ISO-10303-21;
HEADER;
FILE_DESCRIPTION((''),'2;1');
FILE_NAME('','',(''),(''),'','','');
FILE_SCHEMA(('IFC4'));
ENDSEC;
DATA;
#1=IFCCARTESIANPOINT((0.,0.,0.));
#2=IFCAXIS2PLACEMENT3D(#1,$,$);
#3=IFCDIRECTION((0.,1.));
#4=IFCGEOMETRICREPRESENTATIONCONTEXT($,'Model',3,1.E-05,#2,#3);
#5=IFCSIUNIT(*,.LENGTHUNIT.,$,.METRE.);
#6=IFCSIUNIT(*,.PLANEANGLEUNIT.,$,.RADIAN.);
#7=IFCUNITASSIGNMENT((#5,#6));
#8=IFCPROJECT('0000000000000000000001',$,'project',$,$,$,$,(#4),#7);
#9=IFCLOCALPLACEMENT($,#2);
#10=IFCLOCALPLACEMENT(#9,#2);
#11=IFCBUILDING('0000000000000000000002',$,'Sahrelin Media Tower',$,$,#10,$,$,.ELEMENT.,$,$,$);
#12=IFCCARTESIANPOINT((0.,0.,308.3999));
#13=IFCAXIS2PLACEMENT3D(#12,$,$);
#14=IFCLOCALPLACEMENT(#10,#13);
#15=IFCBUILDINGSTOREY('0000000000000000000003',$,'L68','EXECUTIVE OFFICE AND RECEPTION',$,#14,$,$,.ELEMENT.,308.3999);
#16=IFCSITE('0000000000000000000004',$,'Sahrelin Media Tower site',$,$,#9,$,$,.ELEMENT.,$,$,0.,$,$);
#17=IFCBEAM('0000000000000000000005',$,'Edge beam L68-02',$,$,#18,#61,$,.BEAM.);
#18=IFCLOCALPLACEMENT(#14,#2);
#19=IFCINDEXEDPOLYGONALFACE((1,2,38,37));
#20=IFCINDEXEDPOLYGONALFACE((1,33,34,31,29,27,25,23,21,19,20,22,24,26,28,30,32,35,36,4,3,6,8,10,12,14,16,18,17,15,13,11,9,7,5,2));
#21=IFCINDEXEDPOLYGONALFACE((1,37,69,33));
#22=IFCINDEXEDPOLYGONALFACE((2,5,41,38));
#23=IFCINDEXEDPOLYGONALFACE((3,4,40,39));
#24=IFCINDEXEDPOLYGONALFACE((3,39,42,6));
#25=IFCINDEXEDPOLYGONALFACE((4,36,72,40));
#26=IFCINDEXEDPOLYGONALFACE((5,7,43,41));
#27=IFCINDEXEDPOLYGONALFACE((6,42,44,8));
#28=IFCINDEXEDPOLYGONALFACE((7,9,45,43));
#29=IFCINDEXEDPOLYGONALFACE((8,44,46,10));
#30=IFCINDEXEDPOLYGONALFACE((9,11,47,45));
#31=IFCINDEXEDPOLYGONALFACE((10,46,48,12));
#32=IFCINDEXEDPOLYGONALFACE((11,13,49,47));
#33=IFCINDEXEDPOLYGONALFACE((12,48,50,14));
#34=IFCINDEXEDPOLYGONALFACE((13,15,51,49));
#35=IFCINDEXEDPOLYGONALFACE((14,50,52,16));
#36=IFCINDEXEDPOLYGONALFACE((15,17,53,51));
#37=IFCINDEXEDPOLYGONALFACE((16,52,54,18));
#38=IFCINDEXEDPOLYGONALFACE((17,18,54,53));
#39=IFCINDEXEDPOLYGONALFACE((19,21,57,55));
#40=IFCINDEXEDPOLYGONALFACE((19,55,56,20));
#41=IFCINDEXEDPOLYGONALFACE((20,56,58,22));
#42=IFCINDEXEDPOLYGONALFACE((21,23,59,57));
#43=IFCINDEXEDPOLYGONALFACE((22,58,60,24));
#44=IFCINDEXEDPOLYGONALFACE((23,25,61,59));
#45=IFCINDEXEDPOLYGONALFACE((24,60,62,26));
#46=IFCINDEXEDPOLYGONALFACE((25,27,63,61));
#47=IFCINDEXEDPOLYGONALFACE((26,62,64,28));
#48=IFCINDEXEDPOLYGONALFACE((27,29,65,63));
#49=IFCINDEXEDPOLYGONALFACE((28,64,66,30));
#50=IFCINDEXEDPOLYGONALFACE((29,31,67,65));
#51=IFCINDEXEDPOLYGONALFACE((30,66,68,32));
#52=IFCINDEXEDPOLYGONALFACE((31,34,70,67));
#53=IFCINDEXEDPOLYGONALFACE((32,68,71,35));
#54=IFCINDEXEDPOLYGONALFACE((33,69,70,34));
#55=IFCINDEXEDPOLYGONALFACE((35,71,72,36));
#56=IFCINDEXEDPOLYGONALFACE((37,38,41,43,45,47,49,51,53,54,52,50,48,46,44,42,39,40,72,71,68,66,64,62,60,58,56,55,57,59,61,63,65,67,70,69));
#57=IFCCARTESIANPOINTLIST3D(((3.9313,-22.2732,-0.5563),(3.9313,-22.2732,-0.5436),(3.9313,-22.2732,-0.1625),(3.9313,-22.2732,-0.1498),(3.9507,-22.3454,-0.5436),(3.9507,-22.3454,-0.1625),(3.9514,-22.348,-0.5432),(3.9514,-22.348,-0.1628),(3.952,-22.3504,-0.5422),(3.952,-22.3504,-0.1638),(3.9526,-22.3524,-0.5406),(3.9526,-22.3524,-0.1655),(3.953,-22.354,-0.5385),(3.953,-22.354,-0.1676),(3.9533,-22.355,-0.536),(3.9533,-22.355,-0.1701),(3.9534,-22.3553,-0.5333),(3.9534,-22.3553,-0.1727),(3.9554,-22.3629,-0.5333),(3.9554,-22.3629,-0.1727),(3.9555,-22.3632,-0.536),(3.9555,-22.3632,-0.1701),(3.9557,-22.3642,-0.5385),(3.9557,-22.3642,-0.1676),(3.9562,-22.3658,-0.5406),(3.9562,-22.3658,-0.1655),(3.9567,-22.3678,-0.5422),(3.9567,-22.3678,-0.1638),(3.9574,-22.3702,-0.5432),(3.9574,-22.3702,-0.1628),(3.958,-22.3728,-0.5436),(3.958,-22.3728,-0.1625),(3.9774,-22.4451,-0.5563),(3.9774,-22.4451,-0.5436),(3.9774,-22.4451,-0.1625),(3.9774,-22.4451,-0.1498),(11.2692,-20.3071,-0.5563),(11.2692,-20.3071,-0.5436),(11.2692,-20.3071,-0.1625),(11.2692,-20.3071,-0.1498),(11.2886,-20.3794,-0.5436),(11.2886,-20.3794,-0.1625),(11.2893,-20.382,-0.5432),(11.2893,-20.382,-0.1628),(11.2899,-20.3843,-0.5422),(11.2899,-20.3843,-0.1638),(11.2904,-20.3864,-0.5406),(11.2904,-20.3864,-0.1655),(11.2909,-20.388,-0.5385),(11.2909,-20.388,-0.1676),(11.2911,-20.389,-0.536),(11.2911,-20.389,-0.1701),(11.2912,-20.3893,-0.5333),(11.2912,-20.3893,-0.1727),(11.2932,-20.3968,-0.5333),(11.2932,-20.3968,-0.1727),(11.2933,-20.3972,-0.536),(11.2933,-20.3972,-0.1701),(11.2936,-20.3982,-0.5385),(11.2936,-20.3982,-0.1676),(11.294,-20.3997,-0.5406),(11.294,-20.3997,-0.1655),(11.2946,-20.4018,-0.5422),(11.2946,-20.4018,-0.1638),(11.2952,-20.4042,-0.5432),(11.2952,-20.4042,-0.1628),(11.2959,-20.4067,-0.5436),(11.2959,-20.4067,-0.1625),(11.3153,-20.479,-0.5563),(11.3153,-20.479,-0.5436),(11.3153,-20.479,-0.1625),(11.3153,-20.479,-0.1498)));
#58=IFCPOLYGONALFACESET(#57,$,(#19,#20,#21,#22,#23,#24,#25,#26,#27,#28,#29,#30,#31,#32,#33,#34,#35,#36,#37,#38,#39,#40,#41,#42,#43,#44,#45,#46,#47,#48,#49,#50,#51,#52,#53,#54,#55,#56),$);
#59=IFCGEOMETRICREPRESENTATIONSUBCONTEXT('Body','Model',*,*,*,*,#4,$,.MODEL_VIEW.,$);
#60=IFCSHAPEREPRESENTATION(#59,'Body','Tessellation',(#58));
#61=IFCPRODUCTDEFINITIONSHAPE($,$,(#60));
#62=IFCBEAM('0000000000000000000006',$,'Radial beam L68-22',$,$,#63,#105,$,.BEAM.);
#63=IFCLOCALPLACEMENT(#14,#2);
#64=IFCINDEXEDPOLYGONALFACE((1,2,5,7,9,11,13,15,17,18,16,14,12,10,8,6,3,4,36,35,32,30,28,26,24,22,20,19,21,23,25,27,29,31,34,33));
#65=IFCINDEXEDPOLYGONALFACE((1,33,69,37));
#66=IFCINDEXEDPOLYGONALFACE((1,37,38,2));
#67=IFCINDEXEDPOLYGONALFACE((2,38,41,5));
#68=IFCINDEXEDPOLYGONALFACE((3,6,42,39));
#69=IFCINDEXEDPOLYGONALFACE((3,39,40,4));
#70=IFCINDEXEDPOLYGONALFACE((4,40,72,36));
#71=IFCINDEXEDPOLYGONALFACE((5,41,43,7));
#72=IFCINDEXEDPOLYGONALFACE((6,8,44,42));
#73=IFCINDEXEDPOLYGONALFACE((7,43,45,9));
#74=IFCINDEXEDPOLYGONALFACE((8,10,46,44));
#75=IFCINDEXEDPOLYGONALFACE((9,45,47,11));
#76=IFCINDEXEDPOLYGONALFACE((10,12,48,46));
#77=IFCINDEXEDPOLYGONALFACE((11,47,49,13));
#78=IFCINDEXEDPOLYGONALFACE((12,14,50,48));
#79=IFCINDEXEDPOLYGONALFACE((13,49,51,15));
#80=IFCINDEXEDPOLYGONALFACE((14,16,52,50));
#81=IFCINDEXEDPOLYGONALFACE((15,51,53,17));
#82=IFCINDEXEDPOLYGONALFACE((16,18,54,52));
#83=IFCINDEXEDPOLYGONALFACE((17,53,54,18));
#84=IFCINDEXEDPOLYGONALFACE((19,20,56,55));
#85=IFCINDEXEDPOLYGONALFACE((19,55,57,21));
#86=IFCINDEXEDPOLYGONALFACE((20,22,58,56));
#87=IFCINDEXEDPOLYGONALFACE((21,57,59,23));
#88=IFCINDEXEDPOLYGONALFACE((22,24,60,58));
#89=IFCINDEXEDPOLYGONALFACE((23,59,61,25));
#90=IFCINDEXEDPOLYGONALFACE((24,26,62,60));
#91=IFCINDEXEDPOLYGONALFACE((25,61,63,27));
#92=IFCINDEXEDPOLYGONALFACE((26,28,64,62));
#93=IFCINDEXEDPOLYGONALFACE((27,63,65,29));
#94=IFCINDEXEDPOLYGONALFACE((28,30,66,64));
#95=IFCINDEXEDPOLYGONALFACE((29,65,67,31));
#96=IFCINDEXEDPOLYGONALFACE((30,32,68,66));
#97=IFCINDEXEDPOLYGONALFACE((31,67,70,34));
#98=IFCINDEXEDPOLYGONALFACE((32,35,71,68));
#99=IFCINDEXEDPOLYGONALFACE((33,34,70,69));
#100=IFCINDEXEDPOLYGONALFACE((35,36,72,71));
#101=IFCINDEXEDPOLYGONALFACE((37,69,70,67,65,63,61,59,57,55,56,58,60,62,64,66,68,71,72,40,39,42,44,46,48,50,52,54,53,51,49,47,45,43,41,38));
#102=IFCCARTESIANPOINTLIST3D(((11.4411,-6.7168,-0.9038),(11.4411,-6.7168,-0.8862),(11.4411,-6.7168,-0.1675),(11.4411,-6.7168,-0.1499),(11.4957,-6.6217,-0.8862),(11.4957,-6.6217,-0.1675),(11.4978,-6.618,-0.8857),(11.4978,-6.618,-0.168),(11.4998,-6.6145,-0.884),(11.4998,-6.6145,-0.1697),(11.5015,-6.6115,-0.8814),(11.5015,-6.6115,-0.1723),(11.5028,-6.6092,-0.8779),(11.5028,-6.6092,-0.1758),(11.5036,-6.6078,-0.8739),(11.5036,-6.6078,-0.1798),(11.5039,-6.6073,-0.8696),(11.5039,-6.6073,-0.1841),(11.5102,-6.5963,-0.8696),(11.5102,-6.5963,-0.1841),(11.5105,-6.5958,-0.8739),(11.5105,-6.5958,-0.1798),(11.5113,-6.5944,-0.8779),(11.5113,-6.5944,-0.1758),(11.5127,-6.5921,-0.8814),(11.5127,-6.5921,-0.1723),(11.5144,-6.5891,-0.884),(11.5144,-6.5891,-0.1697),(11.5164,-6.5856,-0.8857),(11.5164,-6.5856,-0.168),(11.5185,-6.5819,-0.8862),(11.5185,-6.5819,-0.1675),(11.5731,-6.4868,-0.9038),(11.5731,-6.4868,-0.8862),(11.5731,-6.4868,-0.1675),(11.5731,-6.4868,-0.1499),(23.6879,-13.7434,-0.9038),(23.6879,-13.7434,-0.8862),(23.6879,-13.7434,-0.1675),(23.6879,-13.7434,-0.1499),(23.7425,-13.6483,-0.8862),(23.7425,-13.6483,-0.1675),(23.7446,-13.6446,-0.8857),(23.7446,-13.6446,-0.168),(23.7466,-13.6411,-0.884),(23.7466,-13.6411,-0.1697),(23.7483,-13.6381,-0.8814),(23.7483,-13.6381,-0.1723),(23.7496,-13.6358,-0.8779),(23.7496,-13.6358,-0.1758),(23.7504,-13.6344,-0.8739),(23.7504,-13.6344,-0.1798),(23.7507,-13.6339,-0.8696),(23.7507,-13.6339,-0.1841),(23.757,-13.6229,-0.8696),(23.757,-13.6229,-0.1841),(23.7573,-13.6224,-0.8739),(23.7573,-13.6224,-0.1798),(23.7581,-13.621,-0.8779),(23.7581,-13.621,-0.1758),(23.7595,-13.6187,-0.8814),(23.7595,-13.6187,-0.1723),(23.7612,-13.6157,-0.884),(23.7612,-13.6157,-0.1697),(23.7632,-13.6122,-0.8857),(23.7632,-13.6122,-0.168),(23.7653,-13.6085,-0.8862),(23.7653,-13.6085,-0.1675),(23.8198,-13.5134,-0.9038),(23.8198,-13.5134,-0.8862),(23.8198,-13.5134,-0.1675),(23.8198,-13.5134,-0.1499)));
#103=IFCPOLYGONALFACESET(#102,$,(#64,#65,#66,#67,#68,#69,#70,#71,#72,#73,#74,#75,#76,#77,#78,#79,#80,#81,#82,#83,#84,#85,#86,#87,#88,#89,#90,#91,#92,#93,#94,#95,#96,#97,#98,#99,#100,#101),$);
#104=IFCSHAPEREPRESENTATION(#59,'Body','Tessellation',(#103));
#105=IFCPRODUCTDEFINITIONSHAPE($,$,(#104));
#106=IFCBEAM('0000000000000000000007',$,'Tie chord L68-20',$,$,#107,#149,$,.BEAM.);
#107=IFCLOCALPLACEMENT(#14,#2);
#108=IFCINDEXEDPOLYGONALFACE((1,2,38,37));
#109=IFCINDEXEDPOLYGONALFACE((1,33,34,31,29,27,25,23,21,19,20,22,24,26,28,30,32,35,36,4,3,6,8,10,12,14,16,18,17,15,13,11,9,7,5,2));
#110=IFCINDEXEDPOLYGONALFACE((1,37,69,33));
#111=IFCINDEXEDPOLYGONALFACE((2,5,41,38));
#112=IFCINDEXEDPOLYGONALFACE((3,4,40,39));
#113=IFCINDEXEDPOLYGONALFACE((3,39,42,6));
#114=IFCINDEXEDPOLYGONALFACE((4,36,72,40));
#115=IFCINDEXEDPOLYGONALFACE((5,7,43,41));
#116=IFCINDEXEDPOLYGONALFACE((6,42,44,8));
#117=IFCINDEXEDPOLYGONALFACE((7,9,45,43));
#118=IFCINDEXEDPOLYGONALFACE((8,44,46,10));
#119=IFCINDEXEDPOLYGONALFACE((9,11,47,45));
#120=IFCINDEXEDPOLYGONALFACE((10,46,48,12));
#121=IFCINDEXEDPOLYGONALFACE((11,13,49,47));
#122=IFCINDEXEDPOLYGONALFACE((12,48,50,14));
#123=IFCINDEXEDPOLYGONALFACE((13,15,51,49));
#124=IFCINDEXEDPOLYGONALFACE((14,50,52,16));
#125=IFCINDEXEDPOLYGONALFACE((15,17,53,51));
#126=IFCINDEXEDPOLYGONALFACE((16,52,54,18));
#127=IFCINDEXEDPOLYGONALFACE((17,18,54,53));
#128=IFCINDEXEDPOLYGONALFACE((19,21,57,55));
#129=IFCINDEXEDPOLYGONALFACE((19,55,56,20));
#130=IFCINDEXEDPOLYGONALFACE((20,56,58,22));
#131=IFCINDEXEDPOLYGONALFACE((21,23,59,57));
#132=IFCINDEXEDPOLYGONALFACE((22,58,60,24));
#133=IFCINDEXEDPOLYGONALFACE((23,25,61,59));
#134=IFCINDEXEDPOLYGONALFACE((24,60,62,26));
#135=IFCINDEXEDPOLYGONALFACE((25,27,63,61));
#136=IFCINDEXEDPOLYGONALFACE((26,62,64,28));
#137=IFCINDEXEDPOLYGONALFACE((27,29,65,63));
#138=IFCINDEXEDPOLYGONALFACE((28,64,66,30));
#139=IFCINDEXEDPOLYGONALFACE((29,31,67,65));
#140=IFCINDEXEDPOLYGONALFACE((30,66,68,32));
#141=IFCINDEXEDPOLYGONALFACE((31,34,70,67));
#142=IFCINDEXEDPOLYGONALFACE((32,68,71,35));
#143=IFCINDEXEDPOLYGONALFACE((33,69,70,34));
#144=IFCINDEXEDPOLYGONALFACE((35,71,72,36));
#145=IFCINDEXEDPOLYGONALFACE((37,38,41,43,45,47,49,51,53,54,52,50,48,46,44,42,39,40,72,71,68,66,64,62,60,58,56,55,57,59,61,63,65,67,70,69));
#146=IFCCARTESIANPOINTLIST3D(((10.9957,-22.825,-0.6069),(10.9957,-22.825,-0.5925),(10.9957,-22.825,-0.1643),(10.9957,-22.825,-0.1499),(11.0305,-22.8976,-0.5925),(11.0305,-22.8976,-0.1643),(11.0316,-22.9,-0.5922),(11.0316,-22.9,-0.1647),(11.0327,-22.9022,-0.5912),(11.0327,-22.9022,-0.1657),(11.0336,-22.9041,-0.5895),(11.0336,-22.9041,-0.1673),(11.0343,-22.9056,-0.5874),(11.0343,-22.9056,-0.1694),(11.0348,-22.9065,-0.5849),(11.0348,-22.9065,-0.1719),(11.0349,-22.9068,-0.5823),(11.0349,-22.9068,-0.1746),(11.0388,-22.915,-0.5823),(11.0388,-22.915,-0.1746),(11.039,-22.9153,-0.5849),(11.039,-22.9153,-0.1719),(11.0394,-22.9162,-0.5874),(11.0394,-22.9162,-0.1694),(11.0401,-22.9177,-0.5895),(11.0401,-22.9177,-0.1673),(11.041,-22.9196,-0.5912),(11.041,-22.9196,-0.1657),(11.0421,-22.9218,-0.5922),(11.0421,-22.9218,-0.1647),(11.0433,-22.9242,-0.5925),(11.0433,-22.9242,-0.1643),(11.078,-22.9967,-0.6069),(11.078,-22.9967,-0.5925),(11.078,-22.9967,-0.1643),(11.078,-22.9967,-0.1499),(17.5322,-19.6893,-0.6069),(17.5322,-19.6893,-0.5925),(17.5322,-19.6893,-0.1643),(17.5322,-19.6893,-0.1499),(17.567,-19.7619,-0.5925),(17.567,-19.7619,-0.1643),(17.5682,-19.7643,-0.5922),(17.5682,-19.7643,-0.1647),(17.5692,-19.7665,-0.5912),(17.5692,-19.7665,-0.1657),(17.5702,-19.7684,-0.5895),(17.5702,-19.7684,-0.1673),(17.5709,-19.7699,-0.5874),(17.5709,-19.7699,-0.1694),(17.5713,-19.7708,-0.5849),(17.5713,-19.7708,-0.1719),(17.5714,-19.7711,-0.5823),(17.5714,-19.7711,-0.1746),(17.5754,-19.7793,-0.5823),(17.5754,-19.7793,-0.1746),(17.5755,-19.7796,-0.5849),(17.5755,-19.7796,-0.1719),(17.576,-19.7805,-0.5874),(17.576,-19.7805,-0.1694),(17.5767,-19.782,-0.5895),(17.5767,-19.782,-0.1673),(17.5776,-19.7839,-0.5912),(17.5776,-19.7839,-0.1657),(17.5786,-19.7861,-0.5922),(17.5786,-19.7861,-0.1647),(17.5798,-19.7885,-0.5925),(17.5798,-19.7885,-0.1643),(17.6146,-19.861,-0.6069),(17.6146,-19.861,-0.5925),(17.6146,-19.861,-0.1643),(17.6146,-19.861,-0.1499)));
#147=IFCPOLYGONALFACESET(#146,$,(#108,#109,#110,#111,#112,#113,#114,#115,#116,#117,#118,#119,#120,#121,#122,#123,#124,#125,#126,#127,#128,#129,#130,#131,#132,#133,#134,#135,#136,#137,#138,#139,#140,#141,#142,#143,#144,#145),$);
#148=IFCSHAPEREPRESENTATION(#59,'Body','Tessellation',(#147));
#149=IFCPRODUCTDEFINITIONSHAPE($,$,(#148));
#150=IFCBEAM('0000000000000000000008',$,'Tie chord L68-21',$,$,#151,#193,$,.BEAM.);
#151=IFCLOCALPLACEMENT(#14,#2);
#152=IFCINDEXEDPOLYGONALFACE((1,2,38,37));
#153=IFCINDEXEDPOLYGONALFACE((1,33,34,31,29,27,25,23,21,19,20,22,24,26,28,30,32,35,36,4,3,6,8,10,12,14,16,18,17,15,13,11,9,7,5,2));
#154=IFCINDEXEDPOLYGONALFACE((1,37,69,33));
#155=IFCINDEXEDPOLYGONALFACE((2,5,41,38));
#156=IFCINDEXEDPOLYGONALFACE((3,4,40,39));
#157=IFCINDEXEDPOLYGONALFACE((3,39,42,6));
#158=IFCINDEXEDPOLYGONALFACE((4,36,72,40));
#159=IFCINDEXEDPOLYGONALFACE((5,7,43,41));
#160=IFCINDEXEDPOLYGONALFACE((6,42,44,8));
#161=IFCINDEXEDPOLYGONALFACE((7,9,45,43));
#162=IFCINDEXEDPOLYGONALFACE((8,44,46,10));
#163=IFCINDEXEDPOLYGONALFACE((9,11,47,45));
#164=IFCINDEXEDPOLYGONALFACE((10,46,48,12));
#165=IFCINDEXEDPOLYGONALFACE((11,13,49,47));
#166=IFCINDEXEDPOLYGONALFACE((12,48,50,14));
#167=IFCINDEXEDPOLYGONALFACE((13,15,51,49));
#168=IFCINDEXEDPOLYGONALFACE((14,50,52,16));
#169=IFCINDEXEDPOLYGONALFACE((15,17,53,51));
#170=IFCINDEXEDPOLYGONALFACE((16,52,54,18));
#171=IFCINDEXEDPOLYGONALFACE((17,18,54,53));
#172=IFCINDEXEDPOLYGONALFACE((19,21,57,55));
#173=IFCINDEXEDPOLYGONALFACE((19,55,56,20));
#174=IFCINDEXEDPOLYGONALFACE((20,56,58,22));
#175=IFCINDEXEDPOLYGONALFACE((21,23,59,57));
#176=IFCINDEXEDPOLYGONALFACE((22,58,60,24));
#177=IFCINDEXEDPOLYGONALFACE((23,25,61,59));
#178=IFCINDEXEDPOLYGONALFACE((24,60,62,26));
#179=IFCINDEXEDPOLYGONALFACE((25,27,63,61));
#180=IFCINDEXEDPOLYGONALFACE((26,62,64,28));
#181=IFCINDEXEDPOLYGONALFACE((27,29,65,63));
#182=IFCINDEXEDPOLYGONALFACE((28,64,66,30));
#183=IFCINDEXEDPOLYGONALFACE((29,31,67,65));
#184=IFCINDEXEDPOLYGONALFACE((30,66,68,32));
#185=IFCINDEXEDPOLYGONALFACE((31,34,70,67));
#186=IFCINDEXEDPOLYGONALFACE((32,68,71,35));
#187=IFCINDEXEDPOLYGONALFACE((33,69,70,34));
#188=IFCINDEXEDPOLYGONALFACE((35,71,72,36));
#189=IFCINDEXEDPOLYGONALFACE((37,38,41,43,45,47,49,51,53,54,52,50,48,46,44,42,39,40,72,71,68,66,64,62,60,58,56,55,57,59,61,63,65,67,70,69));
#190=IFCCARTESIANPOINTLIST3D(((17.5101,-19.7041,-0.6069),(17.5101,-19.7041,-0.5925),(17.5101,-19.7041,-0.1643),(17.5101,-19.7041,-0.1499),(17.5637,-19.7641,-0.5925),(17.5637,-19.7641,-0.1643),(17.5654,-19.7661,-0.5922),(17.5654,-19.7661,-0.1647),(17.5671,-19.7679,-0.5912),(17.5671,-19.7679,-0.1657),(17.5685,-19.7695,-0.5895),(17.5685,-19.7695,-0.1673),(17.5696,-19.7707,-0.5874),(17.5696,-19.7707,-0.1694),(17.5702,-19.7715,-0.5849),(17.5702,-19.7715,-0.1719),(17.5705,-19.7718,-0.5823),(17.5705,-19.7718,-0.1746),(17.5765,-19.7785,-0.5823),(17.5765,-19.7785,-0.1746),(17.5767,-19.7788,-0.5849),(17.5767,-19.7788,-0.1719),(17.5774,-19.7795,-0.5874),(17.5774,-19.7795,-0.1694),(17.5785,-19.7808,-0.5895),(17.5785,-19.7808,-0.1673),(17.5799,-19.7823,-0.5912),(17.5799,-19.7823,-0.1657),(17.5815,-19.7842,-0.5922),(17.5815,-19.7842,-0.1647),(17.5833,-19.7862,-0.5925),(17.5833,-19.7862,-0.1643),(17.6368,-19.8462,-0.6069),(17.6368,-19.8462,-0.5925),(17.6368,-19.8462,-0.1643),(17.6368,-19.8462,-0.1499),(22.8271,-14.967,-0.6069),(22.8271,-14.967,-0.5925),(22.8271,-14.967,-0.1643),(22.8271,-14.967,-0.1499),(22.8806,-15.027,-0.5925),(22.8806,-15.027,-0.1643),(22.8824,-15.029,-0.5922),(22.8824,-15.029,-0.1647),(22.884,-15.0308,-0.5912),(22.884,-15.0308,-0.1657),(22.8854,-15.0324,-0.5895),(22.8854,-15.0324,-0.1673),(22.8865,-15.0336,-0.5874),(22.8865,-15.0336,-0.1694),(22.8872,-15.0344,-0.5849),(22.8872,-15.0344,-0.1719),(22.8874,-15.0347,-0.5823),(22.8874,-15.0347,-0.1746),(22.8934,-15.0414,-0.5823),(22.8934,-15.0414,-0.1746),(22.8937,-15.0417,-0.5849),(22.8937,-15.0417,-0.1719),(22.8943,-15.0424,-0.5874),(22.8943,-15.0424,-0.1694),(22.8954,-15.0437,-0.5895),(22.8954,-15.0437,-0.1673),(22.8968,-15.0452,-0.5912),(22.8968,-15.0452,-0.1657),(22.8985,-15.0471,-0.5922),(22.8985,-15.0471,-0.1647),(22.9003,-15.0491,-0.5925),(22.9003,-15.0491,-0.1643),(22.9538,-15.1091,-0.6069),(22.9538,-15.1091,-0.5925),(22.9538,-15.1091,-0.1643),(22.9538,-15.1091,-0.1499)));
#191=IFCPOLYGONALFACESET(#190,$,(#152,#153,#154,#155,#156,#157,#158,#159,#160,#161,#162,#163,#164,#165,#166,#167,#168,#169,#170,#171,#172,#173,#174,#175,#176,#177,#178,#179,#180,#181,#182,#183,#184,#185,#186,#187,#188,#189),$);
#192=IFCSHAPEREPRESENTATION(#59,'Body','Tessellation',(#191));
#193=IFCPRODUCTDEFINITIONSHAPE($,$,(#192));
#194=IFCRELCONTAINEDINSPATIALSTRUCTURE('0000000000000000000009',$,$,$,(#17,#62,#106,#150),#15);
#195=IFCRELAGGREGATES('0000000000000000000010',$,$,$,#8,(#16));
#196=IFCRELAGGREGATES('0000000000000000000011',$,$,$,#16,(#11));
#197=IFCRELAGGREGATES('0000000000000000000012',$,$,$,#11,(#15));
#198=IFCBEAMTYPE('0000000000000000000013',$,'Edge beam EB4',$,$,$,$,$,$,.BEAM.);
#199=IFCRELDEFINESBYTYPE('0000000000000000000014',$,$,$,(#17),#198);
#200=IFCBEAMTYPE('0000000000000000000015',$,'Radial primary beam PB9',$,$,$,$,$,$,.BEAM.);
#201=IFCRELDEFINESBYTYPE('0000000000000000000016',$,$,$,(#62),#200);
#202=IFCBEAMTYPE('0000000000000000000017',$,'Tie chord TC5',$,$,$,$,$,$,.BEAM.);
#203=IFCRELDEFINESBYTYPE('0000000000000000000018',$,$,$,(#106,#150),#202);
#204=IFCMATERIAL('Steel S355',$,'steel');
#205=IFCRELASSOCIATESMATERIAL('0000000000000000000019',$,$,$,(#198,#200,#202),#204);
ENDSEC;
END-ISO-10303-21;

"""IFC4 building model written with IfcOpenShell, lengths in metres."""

from ifc_helpers import new_model, si_unit, direction, frame, origin, origin_2d, place, context, subcontext, project, spatial, i_section, extrude, material, material_profile, profile_set, type_object, element, save


model = new_model("IFC4")

# Units and contexts
model_context = context("Model", 3, precision=1e-05, world=origin(), true_north=direction((0.0, 1.0)))
body_context = subcontext(model_context, "Body", "Model", "MODEL_VIEW")
ifc_project = project(units=[si_unit("LENGTHUNIT", "METRE"), si_unit("PLANEANGLEUNIT", "RADIAN")], contexts=[model_context])

# Site, building, storey
site_placement = place(None, origin())
site = spatial("IfcSite", under=ifc_project, at=site_placement, Name="Sahrelin Media Tower site", CompositionType="ELEMENT", RefElevation=0.0)
building_placement = place(site_placement, origin())
building = spatial("IfcBuilding", under=site, at=building_placement, Name="Sahrelin Media Tower", CompositionType="ELEMENT")
storey_placement = place(building_placement, frame((0.0, 0.0, 308.3999)))
storey = spatial("IfcBuildingStorey", under=building, at=storey_placement, Name="L68", Description="EXECUTIVE OFFICE AND RECEPTION", CompositionType="ELEMENT", Elevation=308.3999)

# Beams
ifc_material_1 = material(Name="Steel S355", Category="steel")
ifc_material_profile_1 = material_profile(ifc_material_1, i_section(OverallWidth=0.178, OverallDepth=0.4065, WebThickness=0.0078, FlangeThickness=0.0127, FilletRadius=0.0103, at=origin_2d()), Name="UB 406x178x60")
ifc_profile_set_1 = profile_set([ifc_material_profile_1], Name="Steel S355")
beam_type_1 = type_object("IfcBeamType", Name="Edge beam EB4", PredefinedType="BEAM", material=ifc_profile_set_1)
beam_1_placement = place(storey_placement, frame((11.2922, -20.3931, -0.353), z_axis=(-0.96593, -0.258805, 0.0), x_axis=(0.258805, -0.96593, 0.0)))
element("IfcBeam", 1, at=beam_1_placement, inside=storey, type_object=beam_type_1, Name="Edge beam L68-02", PredefinedType="BEAM", context=body_context, shape_type="SweptSolid", body=[
    extrude(i_section(OverallWidth=0.178, OverallDepth=0.4065, WebThickness=0.0078, FlangeThickness=0.0127, FilletRadius=0.0103, at=origin_2d()), origin(), (0.0, 0.0, 1.0), 7.5967),
])
ifc_material_profile_2 = material_profile(ifc_material_1, i_section(OverallWidth=0.2651, OverallDepth=0.7539, WebThickness=0.0127, FlangeThickness=0.0176, FilletRadius=0.0166, at=origin_2d()), Name="UB 762x267x147")
ifc_profile_set_2 = profile_set([ifc_material_profile_2], Name="Steel S355")
beam_type_2 = type_object("IfcBeamType", Name="Radial primary beam PB9", PredefinedType="BEAM", material=ifc_profile_set_2)
beam_2_placement = place(storey_placement, frame((11.5071, -6.6018, -0.5269), z_axis=(0.867375, -0.497656, 0.0), x_axis=(0.497656, 0.867375, 0.0)))
element("IfcBeam", 2, at=beam_2_placement, inside=storey, type_object=beam_type_2, Name="Radial beam L68-22", PredefinedType="BEAM", context=body_context, shape_type="SweptSolid", body=[
    extrude(i_section(OverallWidth=0.2651, OverallDepth=0.7539, WebThickness=0.0127, FlangeThickness=0.0176, FilletRadius=0.0166, at=origin_2d()), origin(), (0.0, 0.0, 1.0), 14.1194),
])
ifc_material_profile_3 = material_profile(ifc_material_1, i_section(OverallWidth=0.1904, OverallDepth=0.457, WebThickness=0.009, FlangeThickness=0.0144, FilletRadius=0.0103, at=origin_2d()), Name="UB 457x191x74")
ifc_profile_set_3 = profile_set([ifc_material_profile_3], Name="Steel S355")
beam_type_3 = type_object("IfcBeamType", Name="Tie chord TC5", PredefinedType="BEAM", material=ifc_profile_set_3)
beam_3_placement = place(storey_placement, frame((11.0369, -22.9109, -0.3784), z_axis=(0.901622, 0.432525, 0.0), x_axis=(-0.432525, 0.901622, 0.0)))
element("IfcBeam", 3, at=beam_3_placement, inside=storey, type_object=beam_type_3, Name="Tie chord L68-20", PredefinedType="BEAM", context=body_context, shape_type="SweptSolid", body=[
    extrude(i_section(OverallWidth=0.1904, OverallDepth=0.457, WebThickness=0.009, FlangeThickness=0.0144, FilletRadius=0.0103, at=origin_2d()), origin(), (0.0, 0.0, 1.0), 7.2498),
])
beam_4_placement = place(storey_placement, frame((17.5735, -19.7751, -0.3784), z_axis=(0.746647, 0.665221, 0.0), x_axis=(-0.665221, 0.746647, 0.0)))
element("IfcBeam", 4, at=beam_4_placement, inside=storey, type_object=beam_type_3, Name="Tie chord L68-21", PredefinedType="BEAM", context=body_context, shape_type="SweptSolid", body=[
    extrude(i_section(OverallWidth=0.1904, OverallDepth=0.457, WebThickness=0.009, FlangeThickness=0.0144, FilletRadius=0.0103, at=origin_2d()), origin(), (0.0, 0.0, 1.0), 7.1211),
])

save(model, "model.ifc")
